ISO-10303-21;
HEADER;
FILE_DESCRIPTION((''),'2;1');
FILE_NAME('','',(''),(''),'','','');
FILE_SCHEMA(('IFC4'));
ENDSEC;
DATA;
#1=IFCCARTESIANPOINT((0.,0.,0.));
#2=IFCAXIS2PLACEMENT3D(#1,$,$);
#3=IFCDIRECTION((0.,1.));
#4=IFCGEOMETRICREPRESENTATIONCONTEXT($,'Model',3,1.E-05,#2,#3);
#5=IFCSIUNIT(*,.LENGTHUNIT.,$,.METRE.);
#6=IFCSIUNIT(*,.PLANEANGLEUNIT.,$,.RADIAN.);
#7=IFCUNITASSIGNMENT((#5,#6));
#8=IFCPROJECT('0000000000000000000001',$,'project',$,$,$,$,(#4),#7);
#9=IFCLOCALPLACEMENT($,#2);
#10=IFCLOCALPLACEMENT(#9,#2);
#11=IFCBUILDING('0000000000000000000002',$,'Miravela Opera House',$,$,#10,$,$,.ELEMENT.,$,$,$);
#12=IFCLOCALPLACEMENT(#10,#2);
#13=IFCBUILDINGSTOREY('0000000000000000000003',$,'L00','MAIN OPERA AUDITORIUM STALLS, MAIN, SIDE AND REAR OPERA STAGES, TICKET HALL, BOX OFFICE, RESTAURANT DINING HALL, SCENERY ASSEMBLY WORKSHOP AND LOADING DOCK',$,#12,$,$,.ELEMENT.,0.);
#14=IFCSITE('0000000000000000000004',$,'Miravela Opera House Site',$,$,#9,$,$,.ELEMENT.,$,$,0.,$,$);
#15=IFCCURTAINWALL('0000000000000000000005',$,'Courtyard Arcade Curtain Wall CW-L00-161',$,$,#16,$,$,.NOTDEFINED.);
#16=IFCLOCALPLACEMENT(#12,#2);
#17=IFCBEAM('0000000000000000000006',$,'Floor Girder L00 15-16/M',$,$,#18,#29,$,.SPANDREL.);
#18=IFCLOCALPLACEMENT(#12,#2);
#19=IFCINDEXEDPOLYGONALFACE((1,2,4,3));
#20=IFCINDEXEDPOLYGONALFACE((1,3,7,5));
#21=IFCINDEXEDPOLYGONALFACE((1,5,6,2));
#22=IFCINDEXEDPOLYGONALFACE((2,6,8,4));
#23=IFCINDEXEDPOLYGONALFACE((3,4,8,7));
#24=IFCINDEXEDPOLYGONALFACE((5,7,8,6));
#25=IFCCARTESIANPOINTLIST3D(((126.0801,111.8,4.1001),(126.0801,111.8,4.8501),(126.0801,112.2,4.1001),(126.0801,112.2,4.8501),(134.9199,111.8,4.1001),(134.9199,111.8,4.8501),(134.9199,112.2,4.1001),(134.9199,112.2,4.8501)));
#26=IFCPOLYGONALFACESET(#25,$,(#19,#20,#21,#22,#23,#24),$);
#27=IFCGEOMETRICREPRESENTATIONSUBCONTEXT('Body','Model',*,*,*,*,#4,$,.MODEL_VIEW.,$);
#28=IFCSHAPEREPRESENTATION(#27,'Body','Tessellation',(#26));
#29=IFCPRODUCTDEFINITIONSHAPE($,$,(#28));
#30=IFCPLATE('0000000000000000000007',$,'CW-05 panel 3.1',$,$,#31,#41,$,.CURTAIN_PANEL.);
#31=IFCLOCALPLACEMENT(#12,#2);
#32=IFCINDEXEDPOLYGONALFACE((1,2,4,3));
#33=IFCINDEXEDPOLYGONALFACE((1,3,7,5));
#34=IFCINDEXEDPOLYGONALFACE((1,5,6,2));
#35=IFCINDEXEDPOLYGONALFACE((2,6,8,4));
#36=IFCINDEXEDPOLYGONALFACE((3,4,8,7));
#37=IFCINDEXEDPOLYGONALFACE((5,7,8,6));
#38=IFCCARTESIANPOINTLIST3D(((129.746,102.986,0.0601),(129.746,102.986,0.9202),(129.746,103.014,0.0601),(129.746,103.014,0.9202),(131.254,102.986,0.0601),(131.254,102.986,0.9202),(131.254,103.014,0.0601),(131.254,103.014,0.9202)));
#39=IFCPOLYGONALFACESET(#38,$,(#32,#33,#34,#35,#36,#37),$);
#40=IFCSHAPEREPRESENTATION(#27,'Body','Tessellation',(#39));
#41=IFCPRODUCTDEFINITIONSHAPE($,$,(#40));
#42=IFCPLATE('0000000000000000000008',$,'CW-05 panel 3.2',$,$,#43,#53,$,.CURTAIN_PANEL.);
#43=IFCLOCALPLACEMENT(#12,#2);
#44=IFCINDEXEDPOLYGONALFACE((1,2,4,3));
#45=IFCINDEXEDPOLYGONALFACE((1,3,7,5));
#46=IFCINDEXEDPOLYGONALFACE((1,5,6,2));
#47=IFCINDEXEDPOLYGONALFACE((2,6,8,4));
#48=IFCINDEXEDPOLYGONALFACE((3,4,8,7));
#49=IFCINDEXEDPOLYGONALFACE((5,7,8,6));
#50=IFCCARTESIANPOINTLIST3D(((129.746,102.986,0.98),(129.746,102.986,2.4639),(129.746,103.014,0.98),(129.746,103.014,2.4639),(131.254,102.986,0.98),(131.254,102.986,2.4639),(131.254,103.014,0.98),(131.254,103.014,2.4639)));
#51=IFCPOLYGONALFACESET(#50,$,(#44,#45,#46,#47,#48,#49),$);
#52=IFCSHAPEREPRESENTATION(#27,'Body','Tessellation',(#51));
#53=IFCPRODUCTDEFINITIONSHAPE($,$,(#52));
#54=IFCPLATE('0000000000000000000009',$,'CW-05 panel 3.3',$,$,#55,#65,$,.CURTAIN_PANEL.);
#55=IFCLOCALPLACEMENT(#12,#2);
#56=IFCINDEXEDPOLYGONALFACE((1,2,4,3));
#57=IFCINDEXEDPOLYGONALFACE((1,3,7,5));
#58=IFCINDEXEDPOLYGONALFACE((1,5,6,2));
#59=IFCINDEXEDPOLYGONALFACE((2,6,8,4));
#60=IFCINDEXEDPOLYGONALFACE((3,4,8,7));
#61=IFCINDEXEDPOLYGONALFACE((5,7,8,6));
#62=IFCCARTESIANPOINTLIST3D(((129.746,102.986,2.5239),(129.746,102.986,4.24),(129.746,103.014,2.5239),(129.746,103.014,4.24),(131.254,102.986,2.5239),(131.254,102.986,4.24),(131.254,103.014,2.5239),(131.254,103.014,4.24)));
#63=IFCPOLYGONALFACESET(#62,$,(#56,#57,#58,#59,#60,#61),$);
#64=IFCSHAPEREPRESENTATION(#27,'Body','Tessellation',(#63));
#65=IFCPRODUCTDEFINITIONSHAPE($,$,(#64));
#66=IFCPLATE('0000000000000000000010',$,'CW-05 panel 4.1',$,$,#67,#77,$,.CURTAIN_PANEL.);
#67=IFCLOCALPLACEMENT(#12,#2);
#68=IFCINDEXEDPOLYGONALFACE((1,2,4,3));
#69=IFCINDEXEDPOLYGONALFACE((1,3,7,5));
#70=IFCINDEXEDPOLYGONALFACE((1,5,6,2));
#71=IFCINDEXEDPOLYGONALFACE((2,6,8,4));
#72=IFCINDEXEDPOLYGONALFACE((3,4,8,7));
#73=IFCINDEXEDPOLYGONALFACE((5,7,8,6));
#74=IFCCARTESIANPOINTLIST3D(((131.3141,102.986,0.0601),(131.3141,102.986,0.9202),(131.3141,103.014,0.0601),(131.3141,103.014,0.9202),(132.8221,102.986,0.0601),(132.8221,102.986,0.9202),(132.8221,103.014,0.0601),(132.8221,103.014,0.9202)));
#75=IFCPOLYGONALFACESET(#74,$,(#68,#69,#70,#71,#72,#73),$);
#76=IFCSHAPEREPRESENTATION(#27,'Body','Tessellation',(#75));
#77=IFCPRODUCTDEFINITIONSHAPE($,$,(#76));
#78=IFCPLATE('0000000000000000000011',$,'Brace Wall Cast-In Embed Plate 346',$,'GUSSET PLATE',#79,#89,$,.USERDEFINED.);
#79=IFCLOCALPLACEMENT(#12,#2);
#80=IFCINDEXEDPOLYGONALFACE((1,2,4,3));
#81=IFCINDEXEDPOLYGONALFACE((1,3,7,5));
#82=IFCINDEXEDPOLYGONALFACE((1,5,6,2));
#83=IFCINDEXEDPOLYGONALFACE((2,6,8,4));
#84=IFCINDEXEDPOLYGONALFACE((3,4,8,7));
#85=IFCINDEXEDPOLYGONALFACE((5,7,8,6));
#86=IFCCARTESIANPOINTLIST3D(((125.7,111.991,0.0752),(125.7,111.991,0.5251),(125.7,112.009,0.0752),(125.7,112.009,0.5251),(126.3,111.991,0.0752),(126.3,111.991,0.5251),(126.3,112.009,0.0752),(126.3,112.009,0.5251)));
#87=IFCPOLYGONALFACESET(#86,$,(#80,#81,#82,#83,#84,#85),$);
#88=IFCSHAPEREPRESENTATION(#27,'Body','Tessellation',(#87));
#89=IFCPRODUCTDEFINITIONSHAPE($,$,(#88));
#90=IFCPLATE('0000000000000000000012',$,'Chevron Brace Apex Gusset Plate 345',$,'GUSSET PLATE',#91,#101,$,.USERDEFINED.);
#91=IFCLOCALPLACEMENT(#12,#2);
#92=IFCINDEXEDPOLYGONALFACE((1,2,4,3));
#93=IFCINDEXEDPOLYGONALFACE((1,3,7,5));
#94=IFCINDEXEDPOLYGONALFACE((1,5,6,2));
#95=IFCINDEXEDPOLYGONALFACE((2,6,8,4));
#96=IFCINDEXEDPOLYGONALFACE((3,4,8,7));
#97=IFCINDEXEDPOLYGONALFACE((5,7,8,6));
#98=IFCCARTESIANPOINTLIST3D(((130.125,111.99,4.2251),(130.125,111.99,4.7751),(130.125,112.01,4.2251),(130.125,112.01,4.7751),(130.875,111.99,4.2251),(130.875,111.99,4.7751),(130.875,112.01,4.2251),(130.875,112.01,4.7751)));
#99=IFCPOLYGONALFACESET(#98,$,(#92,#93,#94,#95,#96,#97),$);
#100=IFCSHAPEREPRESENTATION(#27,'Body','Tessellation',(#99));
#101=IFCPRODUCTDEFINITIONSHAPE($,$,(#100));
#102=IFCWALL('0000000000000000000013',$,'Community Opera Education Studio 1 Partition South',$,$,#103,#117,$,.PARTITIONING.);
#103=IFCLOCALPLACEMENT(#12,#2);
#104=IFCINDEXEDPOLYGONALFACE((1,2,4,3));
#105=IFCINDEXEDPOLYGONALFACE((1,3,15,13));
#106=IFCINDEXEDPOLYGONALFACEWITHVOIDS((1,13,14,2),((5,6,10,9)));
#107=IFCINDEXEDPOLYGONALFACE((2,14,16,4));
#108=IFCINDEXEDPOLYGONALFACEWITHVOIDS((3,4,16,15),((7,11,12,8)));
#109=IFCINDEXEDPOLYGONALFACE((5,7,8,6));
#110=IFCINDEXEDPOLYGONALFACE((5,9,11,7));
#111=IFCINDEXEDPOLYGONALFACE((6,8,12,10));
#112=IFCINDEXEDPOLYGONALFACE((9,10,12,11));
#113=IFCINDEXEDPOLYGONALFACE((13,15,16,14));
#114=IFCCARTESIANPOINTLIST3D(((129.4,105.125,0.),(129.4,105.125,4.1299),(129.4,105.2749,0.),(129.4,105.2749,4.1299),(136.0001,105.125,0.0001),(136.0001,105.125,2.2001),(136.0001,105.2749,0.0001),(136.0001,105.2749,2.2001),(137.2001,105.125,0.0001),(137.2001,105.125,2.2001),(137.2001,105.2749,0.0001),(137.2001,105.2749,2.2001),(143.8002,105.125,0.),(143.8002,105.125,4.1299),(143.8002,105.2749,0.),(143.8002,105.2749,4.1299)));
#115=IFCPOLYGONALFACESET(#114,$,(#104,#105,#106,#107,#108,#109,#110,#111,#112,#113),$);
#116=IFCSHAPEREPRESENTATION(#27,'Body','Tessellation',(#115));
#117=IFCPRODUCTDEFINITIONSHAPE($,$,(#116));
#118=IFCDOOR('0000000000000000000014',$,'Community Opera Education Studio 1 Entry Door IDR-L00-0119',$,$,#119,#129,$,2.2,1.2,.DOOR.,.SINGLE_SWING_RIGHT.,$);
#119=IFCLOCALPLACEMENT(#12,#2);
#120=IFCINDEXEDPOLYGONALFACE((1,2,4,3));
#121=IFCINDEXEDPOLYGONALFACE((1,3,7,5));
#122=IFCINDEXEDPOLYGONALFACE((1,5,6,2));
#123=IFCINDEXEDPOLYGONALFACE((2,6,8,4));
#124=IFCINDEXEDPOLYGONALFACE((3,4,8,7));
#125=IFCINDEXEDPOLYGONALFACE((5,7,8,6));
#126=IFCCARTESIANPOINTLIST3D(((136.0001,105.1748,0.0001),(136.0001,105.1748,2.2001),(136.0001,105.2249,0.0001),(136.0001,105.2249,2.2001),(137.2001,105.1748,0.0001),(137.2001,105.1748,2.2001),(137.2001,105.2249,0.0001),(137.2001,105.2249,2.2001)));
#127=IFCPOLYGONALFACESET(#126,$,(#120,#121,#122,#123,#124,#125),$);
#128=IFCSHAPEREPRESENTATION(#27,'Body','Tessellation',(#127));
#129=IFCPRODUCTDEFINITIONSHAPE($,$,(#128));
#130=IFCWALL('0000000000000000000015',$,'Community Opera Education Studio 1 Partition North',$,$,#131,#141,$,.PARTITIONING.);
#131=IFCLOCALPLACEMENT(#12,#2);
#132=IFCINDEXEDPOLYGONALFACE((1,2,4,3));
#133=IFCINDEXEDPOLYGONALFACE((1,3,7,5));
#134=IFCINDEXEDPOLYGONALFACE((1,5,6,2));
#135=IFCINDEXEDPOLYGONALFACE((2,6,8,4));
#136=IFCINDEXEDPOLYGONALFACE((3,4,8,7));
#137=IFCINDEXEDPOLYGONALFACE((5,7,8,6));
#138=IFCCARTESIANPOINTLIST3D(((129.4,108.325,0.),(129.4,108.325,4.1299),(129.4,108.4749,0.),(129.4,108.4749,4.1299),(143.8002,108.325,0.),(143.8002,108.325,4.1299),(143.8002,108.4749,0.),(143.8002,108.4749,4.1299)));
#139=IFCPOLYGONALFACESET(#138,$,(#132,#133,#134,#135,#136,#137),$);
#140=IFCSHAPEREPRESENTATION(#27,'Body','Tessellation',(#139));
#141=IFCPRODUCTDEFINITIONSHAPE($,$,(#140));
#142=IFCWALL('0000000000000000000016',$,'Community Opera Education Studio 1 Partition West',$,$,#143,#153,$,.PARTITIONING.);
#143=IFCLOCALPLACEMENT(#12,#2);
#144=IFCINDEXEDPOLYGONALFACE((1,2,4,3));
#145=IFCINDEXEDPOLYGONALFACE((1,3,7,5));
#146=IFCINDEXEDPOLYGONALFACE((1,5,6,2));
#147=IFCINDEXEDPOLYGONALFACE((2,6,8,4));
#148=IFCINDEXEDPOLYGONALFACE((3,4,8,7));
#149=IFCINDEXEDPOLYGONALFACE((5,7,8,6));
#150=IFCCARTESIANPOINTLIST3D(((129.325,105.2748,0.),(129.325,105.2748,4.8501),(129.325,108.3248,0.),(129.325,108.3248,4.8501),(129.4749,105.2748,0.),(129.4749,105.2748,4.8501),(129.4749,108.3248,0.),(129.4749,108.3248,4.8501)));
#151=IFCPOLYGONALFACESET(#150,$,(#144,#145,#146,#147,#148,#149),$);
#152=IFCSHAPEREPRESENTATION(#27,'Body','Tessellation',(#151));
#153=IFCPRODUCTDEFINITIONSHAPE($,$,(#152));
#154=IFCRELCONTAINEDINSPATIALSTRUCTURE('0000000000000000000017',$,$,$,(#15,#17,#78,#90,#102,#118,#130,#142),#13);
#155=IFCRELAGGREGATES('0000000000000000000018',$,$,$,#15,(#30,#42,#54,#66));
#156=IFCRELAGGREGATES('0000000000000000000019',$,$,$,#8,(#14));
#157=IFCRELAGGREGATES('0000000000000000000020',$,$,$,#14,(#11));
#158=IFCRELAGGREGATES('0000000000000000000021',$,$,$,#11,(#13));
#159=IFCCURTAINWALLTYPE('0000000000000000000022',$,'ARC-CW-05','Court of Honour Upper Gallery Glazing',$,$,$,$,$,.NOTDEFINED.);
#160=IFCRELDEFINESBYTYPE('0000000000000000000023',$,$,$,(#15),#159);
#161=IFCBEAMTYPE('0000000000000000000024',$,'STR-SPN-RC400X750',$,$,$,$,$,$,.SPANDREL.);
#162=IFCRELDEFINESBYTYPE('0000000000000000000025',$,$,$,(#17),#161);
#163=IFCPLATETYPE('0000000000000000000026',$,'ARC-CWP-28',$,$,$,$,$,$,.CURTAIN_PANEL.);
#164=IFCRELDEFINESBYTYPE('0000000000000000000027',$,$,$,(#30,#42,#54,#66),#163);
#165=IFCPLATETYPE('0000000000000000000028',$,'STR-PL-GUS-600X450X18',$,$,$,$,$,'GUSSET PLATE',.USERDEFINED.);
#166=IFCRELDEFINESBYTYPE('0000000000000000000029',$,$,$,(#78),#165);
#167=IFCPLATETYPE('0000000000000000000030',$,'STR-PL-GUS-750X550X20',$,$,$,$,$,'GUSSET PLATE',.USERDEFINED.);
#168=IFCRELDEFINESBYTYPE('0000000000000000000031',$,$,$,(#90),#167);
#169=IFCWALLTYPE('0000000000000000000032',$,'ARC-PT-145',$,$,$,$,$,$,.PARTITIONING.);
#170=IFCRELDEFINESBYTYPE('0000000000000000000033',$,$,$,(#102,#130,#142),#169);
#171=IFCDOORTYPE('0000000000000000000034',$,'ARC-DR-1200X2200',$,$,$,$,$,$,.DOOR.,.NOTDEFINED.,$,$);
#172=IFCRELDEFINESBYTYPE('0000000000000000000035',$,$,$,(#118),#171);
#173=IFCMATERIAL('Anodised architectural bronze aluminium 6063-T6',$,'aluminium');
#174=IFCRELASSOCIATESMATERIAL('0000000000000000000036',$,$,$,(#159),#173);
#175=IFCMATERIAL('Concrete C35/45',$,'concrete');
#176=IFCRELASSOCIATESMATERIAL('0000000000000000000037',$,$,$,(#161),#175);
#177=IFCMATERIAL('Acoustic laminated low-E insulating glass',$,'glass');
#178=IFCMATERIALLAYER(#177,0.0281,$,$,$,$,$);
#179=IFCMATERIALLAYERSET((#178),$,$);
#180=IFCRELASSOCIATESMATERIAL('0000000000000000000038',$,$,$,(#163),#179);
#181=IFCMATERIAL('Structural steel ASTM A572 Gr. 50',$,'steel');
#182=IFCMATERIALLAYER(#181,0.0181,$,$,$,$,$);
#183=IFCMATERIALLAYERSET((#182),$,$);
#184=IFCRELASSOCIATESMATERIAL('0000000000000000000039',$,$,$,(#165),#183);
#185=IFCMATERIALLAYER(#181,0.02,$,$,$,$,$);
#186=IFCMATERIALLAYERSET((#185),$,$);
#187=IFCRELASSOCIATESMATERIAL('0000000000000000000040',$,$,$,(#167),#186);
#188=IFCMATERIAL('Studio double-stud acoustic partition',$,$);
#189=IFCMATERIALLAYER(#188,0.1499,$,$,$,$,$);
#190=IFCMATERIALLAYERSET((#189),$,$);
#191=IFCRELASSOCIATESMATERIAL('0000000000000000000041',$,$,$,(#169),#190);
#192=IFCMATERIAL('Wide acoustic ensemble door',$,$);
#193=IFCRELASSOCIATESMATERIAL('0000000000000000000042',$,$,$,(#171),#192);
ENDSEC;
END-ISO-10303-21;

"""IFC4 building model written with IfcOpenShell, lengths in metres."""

from ifc_helpers import new_model, si_unit, direction, frame, frame_2d, origin, origin_2d, place, context, subcontext, project, spatial, rectangle, extrude, material, layer, layer_set, material_profile, profile_set, type_object, element, fill, aggregate, save


model = new_model("IFC4")

# Units and contexts
model_context = context("Model", 3, precision=1e-05, world=origin(), true_north=direction((0.0, 1.0)))
body_context = subcontext(model_context, "Body", "Model", "MODEL_VIEW")
ifc_project = project(units=[si_unit("LENGTHUNIT", "METRE"), si_unit("PLANEANGLEUNIT", "RADIAN")], contexts=[model_context])

# Site, building, storey
site_placement = place(None, origin())
site = spatial("IfcSite", under=ifc_project, at=site_placement, Name="Miravela Opera House Site", CompositionType="ELEMENT", RefElevation=0.0)
building_placement = place(site_placement, origin())
building = spatial("IfcBuilding", under=site, at=building_placement, Name="Miravela Opera House", CompositionType="ELEMENT")
storey_placement = place(building_placement, origin())
storey = spatial("IfcBuildingStorey", under=building, at=storey_placement, Name="L00", Description="MAIN OPERA AUDITORIUM STALLS, MAIN, SIDE AND REAR OPERA STAGES, TICKET HALL, BOX OFFICE, RESTAURANT DINING HALL, SCENERY ASSEMBLY WORKSHOP AND LOADING DOCK", CompositionType="ELEMENT", Elevation=0.0)

# Shared definitions
ifc_material_1 = material(Name="Concrete C35/45", Category="concrete")

# Curtain wall
ifc_material_2 = material(Name="Anodised architectural bronze aluminium 6063-T6", Category="aluminium")
curtain_wall_type = type_object("IfcCurtainWallType", Name="ARC-CW-05", Description="Court of Honour Upper Gallery Glazing", PredefinedType="NOTDEFINED", material=ifc_material_2)
curtain_wall_placement = place(storey_placement, origin())
curtain_wall = element("IfcCurtainWall", 1, at=curtain_wall_placement, inside=storey, type_object=curtain_wall_type, Name="Courtyard Arcade Curtain Wall CW-L00-161", PredefinedType="NOTDEFINED")

# Beam
ifc_material_profile_1 = material_profile(ifc_material_1, rectangle(XDim=0.3999, YDim=0.75, at=origin_2d()), Name="RC-SPN-400X750")
ifc_profile_set_1 = profile_set([ifc_material_profile_1])
beam_type = type_object("IfcBeamType", Name="STR-SPN-RC400X750", PredefinedType="SPANDREL", material=ifc_profile_set_1)
beam_placement = place(storey_placement, frame((126.0801, 112.0, 4.4751), z_axis=(1.0, 0.0, 0.0), x_axis=(0.0, 1.0, 0.0)))
element("IfcBeam", 2, at=beam_placement, inside=storey, type_object=beam_type, Name="Floor Girder L00 15-16/M", PredefinedType="SPANDREL", context=body_context, shape_type="SweptSolid", body=[
    extrude(rectangle(XDim=0.3999, YDim=0.75, at=origin_2d()), origin(), (0.0, 0.0, 1.0), 8.8398),
])

# Plates
ifc_material_3 = material(Name="Acoustic laminated low-E insulating glass", Category="glass")
ifc_layer_1 = layer(ifc_material_3, 0.0281)
ifc_layer_set_1 = layer_set([ifc_layer_1])
plate_type_1 = type_object("IfcPlateType", Name="ARC-CWP-28", PredefinedType="CURTAIN_PANEL", material=ifc_layer_set_1)
plate_1_placement = place(storey_placement, frame((130.5, 103.0, 0.0601), z_axis=(0.0, 0.0, 1.0), x_axis=(1.0, 0.0, 0.0)))
plate_1 = element("IfcPlate", 3, at=plate_1_placement, type_object=plate_type_1, Name="CW-05 panel 3.1", PredefinedType="CURTAIN_PANEL", context=body_context, shape_type="SweptSolid", body=[
    extrude(rectangle(XDim=1.5081, YDim=0.0281, at=origin_2d()), origin(), (0.0, 0.0, 1.0), 0.8601),
])
plate_2_placement = place(storey_placement, frame((130.5, 103.0, 0.98), z_axis=(0.0, 0.0, 1.0), x_axis=(1.0, 0.0, 0.0)))
plate_2 = element("IfcPlate", 4, at=plate_2_placement, type_object=plate_type_1, Name="CW-05 panel 3.2", PredefinedType="CURTAIN_PANEL", context=body_context, shape_type="SweptSolid", body=[
    extrude(rectangle(XDim=1.5081, YDim=0.0281, at=origin_2d()), origin(), (0.0, 0.0, 1.0), 1.4839),
])
plate_3_placement = place(storey_placement, frame((130.5, 103.0, 2.5239), z_axis=(0.0, 0.0, 1.0), x_axis=(1.0, 0.0, 0.0)))
plate_3 = element("IfcPlate", 5, at=plate_3_placement, type_object=plate_type_1, Name="CW-05 panel 3.3", PredefinedType="CURTAIN_PANEL", context=body_context, shape_type="SweptSolid", body=[
    extrude(rectangle(XDim=1.5081, YDim=0.0281, at=origin_2d()), origin(), (0.0, 0.0, 1.0), 1.7161),
])
plate_4_placement = place(storey_placement, frame((132.0681, 103.0, 0.0601), z_axis=(0.0, 0.0, 1.0), x_axis=(1.0, 0.0, 0.0)))
plate_4 = element("IfcPlate", 6, at=plate_4_placement, type_object=plate_type_1, Name="CW-05 panel 4.1", PredefinedType="CURTAIN_PANEL", context=body_context, shape_type="SweptSolid", body=[
    extrude(rectangle(XDim=1.5081, YDim=0.0281, at=origin_2d()), origin(), (0.0, 0.0, 1.0), 0.8601),
])
aggregate(curtain_wall, [plate_1, plate_2, plate_3, plate_4])

# Plates
ifc_material_4 = material(Name="Structural steel ASTM A572 Gr. 50", Category="steel")
ifc_layer_2 = layer(ifc_material_4, 0.0181)
ifc_layer_set_2 = layer_set([ifc_layer_2])
plate_type_2 = type_object("IfcPlateType", Name="STR-PL-GUS-600X450X18", ElementType="GUSSET PLATE", PredefinedType="USERDEFINED", material=ifc_layer_set_2)
plate_5_placement = place(storey_placement, frame((126.0, 112.0, 0.0752), z_axis=(0.0, 0.0, 1.0), x_axis=(1.0, 0.0, 0.0)))
element("IfcPlate", 7, at=plate_5_placement, inside=storey, type_object=plate_type_2, Name="Brace Wall Cast-In Embed Plate 346", ObjectType="GUSSET PLATE", PredefinedType="USERDEFINED", context=body_context, shape_type="SweptSolid", body=[
    extrude(rectangle(XDim=0.6001, YDim=0.0181, at=origin_2d()), origin(), (0.0, 0.0, 1.0), 0.45),
])
ifc_layer_3 = layer(ifc_material_4, 0.02)
ifc_layer_set_3 = layer_set([ifc_layer_3])
plate_type_3 = type_object("IfcPlateType", Name="STR-PL-GUS-750X550X20", ElementType="GUSSET PLATE", PredefinedType="USERDEFINED", material=ifc_layer_set_3)
plate_6_placement = place(storey_placement, frame((130.5, 112.0, 4.2251), z_axis=(0.0, 0.0, 1.0), x_axis=(1.0, 0.0, 0.0)))
element("IfcPlate", 8, at=plate_6_placement, inside=storey, type_object=plate_type_3, Name="Chevron Brace Apex Gusset Plate 345", ObjectType="GUSSET PLATE", PredefinedType="USERDEFINED", context=body_context, shape_type="SweptSolid", body=[
    extrude(rectangle(XDim=0.75, YDim=0.02, at=origin_2d()), origin(), (0.0, 0.0, 1.0), 0.55),
])

# Wall, opening, door
ifc_material_5 = material(Name="Studio double-stud acoustic partition")
ifc_layer_4 = layer(ifc_material_5, 0.1499)
ifc_layer_set_4 = layer_set([ifc_layer_4])
wall_type_1 = type_object("IfcWallType", Name="ARC-PT-145", PredefinedType="PARTITIONING", material=ifc_layer_set_4)
wall_1_placement = place(storey_placement, frame((129.3999, 105.2, 0.0), z_axis=(0.0, 0.0, 1.0), x_axis=(1.0, 0.0, 0.0)))
wall_1 = element("IfcWall", 9, at=wall_1_placement, inside=storey, type_object=wall_type_1, Name="Community Opera Education Studio 1 Partition South", PredefinedType="PARTITIONING", context=body_context, shape_type="SweptSolid", body=[
    extrude(rectangle(XDim=14.4001, YDim=0.1499, at=frame_2d((7.2002, 0.0))), origin(), (0.0, 0.0, 1.0), 4.1299),
])
opening_1_placement = place(wall_1_placement, frame((6.6001, 0.0, 0.0)))
opening_1 = element("IfcOpeningElement", 10, at=opening_1_placement, cuts=wall_1, PredefinedType="OPENING", context=body_context, shape_type="SweptSolid", body=[
    extrude(rectangle(XDim=1.2, YDim=2.2, at=frame_2d((0.6001, 1.1001))), frame((0.0, 0.085, 0.0), z_axis=(0.0, -1.0, 0.0), x_axis=(1.0, 0.0, 0.0)), (0.0, 0.0, 1.0), 0.1699),
])
ifc_material_6 = material(Name="Wide acoustic ensemble door")
door_type_1 = type_object("IfcDoorType", Name="ARC-DR-1200X2200", OperationType="NOTDEFINED", PredefinedType="DOOR", material=ifc_material_6)
door_1_placement = place(opening_1_placement, origin())
door_1 = element("IfcDoor", 11, at=door_1_placement, inside=storey, type_object=door_type_1, Name="Community Opera Education Studio 1 Entry Door IDR-L00-0119", OperationType="SINGLE_SWING_RIGHT", OverallHeight=2.2, OverallWidth=1.2, PredefinedType="DOOR", context=body_context, shape_type="SweptSolid", body=[
    extrude(rectangle(XDim=1.2, YDim=2.2, at=frame_2d((0.6001, 1.1001))), frame((0.0, 0.0249, 0.0), z_axis=(0.0, -1.0, 0.0), x_axis=(1.0, 0.0, 0.0)), (0.0, 0.0, 1.0), 0.05),
])
fill(opening_1, door_1)

# Walls
wall_2_placement = place(storey_placement, frame((129.3999, 108.3999, 0.0), z_axis=(0.0, 0.0, 1.0), x_axis=(1.0, 0.0, 0.0)))
element("IfcWall", 12, at=wall_2_placement, inside=storey, type_object=wall_type_1, Name="Community Opera Education Studio 1 Partition North", PredefinedType="PARTITIONING", context=body_context, shape_type="SweptSolid", body=[
    extrude(rectangle(XDim=14.4001, YDim=0.1499, at=frame_2d((7.2002, 0.0))), origin(), (0.0, 0.0, 1.0), 4.1299),
])
wall_3_placement = place(storey_placement, frame((129.3999, 105.2749, 0.0), z_axis=(0.0, 0.0, 1.0), x_axis=(0.0, 1.0, 0.0)))
element("IfcWall", 13, at=wall_3_placement, inside=storey, type_object=wall_type_1, Name="Community Opera Education Studio 1 Partition West", PredefinedType="PARTITIONING", context=body_context, shape_type="SweptSolid", body=[
    extrude(rectangle(XDim=3.05, YDim=0.1499, at=frame_2d((1.5249, 0.0))), origin(), (0.0, 0.0, 1.0), 4.8501),
])

save(model, "model.ifc")
